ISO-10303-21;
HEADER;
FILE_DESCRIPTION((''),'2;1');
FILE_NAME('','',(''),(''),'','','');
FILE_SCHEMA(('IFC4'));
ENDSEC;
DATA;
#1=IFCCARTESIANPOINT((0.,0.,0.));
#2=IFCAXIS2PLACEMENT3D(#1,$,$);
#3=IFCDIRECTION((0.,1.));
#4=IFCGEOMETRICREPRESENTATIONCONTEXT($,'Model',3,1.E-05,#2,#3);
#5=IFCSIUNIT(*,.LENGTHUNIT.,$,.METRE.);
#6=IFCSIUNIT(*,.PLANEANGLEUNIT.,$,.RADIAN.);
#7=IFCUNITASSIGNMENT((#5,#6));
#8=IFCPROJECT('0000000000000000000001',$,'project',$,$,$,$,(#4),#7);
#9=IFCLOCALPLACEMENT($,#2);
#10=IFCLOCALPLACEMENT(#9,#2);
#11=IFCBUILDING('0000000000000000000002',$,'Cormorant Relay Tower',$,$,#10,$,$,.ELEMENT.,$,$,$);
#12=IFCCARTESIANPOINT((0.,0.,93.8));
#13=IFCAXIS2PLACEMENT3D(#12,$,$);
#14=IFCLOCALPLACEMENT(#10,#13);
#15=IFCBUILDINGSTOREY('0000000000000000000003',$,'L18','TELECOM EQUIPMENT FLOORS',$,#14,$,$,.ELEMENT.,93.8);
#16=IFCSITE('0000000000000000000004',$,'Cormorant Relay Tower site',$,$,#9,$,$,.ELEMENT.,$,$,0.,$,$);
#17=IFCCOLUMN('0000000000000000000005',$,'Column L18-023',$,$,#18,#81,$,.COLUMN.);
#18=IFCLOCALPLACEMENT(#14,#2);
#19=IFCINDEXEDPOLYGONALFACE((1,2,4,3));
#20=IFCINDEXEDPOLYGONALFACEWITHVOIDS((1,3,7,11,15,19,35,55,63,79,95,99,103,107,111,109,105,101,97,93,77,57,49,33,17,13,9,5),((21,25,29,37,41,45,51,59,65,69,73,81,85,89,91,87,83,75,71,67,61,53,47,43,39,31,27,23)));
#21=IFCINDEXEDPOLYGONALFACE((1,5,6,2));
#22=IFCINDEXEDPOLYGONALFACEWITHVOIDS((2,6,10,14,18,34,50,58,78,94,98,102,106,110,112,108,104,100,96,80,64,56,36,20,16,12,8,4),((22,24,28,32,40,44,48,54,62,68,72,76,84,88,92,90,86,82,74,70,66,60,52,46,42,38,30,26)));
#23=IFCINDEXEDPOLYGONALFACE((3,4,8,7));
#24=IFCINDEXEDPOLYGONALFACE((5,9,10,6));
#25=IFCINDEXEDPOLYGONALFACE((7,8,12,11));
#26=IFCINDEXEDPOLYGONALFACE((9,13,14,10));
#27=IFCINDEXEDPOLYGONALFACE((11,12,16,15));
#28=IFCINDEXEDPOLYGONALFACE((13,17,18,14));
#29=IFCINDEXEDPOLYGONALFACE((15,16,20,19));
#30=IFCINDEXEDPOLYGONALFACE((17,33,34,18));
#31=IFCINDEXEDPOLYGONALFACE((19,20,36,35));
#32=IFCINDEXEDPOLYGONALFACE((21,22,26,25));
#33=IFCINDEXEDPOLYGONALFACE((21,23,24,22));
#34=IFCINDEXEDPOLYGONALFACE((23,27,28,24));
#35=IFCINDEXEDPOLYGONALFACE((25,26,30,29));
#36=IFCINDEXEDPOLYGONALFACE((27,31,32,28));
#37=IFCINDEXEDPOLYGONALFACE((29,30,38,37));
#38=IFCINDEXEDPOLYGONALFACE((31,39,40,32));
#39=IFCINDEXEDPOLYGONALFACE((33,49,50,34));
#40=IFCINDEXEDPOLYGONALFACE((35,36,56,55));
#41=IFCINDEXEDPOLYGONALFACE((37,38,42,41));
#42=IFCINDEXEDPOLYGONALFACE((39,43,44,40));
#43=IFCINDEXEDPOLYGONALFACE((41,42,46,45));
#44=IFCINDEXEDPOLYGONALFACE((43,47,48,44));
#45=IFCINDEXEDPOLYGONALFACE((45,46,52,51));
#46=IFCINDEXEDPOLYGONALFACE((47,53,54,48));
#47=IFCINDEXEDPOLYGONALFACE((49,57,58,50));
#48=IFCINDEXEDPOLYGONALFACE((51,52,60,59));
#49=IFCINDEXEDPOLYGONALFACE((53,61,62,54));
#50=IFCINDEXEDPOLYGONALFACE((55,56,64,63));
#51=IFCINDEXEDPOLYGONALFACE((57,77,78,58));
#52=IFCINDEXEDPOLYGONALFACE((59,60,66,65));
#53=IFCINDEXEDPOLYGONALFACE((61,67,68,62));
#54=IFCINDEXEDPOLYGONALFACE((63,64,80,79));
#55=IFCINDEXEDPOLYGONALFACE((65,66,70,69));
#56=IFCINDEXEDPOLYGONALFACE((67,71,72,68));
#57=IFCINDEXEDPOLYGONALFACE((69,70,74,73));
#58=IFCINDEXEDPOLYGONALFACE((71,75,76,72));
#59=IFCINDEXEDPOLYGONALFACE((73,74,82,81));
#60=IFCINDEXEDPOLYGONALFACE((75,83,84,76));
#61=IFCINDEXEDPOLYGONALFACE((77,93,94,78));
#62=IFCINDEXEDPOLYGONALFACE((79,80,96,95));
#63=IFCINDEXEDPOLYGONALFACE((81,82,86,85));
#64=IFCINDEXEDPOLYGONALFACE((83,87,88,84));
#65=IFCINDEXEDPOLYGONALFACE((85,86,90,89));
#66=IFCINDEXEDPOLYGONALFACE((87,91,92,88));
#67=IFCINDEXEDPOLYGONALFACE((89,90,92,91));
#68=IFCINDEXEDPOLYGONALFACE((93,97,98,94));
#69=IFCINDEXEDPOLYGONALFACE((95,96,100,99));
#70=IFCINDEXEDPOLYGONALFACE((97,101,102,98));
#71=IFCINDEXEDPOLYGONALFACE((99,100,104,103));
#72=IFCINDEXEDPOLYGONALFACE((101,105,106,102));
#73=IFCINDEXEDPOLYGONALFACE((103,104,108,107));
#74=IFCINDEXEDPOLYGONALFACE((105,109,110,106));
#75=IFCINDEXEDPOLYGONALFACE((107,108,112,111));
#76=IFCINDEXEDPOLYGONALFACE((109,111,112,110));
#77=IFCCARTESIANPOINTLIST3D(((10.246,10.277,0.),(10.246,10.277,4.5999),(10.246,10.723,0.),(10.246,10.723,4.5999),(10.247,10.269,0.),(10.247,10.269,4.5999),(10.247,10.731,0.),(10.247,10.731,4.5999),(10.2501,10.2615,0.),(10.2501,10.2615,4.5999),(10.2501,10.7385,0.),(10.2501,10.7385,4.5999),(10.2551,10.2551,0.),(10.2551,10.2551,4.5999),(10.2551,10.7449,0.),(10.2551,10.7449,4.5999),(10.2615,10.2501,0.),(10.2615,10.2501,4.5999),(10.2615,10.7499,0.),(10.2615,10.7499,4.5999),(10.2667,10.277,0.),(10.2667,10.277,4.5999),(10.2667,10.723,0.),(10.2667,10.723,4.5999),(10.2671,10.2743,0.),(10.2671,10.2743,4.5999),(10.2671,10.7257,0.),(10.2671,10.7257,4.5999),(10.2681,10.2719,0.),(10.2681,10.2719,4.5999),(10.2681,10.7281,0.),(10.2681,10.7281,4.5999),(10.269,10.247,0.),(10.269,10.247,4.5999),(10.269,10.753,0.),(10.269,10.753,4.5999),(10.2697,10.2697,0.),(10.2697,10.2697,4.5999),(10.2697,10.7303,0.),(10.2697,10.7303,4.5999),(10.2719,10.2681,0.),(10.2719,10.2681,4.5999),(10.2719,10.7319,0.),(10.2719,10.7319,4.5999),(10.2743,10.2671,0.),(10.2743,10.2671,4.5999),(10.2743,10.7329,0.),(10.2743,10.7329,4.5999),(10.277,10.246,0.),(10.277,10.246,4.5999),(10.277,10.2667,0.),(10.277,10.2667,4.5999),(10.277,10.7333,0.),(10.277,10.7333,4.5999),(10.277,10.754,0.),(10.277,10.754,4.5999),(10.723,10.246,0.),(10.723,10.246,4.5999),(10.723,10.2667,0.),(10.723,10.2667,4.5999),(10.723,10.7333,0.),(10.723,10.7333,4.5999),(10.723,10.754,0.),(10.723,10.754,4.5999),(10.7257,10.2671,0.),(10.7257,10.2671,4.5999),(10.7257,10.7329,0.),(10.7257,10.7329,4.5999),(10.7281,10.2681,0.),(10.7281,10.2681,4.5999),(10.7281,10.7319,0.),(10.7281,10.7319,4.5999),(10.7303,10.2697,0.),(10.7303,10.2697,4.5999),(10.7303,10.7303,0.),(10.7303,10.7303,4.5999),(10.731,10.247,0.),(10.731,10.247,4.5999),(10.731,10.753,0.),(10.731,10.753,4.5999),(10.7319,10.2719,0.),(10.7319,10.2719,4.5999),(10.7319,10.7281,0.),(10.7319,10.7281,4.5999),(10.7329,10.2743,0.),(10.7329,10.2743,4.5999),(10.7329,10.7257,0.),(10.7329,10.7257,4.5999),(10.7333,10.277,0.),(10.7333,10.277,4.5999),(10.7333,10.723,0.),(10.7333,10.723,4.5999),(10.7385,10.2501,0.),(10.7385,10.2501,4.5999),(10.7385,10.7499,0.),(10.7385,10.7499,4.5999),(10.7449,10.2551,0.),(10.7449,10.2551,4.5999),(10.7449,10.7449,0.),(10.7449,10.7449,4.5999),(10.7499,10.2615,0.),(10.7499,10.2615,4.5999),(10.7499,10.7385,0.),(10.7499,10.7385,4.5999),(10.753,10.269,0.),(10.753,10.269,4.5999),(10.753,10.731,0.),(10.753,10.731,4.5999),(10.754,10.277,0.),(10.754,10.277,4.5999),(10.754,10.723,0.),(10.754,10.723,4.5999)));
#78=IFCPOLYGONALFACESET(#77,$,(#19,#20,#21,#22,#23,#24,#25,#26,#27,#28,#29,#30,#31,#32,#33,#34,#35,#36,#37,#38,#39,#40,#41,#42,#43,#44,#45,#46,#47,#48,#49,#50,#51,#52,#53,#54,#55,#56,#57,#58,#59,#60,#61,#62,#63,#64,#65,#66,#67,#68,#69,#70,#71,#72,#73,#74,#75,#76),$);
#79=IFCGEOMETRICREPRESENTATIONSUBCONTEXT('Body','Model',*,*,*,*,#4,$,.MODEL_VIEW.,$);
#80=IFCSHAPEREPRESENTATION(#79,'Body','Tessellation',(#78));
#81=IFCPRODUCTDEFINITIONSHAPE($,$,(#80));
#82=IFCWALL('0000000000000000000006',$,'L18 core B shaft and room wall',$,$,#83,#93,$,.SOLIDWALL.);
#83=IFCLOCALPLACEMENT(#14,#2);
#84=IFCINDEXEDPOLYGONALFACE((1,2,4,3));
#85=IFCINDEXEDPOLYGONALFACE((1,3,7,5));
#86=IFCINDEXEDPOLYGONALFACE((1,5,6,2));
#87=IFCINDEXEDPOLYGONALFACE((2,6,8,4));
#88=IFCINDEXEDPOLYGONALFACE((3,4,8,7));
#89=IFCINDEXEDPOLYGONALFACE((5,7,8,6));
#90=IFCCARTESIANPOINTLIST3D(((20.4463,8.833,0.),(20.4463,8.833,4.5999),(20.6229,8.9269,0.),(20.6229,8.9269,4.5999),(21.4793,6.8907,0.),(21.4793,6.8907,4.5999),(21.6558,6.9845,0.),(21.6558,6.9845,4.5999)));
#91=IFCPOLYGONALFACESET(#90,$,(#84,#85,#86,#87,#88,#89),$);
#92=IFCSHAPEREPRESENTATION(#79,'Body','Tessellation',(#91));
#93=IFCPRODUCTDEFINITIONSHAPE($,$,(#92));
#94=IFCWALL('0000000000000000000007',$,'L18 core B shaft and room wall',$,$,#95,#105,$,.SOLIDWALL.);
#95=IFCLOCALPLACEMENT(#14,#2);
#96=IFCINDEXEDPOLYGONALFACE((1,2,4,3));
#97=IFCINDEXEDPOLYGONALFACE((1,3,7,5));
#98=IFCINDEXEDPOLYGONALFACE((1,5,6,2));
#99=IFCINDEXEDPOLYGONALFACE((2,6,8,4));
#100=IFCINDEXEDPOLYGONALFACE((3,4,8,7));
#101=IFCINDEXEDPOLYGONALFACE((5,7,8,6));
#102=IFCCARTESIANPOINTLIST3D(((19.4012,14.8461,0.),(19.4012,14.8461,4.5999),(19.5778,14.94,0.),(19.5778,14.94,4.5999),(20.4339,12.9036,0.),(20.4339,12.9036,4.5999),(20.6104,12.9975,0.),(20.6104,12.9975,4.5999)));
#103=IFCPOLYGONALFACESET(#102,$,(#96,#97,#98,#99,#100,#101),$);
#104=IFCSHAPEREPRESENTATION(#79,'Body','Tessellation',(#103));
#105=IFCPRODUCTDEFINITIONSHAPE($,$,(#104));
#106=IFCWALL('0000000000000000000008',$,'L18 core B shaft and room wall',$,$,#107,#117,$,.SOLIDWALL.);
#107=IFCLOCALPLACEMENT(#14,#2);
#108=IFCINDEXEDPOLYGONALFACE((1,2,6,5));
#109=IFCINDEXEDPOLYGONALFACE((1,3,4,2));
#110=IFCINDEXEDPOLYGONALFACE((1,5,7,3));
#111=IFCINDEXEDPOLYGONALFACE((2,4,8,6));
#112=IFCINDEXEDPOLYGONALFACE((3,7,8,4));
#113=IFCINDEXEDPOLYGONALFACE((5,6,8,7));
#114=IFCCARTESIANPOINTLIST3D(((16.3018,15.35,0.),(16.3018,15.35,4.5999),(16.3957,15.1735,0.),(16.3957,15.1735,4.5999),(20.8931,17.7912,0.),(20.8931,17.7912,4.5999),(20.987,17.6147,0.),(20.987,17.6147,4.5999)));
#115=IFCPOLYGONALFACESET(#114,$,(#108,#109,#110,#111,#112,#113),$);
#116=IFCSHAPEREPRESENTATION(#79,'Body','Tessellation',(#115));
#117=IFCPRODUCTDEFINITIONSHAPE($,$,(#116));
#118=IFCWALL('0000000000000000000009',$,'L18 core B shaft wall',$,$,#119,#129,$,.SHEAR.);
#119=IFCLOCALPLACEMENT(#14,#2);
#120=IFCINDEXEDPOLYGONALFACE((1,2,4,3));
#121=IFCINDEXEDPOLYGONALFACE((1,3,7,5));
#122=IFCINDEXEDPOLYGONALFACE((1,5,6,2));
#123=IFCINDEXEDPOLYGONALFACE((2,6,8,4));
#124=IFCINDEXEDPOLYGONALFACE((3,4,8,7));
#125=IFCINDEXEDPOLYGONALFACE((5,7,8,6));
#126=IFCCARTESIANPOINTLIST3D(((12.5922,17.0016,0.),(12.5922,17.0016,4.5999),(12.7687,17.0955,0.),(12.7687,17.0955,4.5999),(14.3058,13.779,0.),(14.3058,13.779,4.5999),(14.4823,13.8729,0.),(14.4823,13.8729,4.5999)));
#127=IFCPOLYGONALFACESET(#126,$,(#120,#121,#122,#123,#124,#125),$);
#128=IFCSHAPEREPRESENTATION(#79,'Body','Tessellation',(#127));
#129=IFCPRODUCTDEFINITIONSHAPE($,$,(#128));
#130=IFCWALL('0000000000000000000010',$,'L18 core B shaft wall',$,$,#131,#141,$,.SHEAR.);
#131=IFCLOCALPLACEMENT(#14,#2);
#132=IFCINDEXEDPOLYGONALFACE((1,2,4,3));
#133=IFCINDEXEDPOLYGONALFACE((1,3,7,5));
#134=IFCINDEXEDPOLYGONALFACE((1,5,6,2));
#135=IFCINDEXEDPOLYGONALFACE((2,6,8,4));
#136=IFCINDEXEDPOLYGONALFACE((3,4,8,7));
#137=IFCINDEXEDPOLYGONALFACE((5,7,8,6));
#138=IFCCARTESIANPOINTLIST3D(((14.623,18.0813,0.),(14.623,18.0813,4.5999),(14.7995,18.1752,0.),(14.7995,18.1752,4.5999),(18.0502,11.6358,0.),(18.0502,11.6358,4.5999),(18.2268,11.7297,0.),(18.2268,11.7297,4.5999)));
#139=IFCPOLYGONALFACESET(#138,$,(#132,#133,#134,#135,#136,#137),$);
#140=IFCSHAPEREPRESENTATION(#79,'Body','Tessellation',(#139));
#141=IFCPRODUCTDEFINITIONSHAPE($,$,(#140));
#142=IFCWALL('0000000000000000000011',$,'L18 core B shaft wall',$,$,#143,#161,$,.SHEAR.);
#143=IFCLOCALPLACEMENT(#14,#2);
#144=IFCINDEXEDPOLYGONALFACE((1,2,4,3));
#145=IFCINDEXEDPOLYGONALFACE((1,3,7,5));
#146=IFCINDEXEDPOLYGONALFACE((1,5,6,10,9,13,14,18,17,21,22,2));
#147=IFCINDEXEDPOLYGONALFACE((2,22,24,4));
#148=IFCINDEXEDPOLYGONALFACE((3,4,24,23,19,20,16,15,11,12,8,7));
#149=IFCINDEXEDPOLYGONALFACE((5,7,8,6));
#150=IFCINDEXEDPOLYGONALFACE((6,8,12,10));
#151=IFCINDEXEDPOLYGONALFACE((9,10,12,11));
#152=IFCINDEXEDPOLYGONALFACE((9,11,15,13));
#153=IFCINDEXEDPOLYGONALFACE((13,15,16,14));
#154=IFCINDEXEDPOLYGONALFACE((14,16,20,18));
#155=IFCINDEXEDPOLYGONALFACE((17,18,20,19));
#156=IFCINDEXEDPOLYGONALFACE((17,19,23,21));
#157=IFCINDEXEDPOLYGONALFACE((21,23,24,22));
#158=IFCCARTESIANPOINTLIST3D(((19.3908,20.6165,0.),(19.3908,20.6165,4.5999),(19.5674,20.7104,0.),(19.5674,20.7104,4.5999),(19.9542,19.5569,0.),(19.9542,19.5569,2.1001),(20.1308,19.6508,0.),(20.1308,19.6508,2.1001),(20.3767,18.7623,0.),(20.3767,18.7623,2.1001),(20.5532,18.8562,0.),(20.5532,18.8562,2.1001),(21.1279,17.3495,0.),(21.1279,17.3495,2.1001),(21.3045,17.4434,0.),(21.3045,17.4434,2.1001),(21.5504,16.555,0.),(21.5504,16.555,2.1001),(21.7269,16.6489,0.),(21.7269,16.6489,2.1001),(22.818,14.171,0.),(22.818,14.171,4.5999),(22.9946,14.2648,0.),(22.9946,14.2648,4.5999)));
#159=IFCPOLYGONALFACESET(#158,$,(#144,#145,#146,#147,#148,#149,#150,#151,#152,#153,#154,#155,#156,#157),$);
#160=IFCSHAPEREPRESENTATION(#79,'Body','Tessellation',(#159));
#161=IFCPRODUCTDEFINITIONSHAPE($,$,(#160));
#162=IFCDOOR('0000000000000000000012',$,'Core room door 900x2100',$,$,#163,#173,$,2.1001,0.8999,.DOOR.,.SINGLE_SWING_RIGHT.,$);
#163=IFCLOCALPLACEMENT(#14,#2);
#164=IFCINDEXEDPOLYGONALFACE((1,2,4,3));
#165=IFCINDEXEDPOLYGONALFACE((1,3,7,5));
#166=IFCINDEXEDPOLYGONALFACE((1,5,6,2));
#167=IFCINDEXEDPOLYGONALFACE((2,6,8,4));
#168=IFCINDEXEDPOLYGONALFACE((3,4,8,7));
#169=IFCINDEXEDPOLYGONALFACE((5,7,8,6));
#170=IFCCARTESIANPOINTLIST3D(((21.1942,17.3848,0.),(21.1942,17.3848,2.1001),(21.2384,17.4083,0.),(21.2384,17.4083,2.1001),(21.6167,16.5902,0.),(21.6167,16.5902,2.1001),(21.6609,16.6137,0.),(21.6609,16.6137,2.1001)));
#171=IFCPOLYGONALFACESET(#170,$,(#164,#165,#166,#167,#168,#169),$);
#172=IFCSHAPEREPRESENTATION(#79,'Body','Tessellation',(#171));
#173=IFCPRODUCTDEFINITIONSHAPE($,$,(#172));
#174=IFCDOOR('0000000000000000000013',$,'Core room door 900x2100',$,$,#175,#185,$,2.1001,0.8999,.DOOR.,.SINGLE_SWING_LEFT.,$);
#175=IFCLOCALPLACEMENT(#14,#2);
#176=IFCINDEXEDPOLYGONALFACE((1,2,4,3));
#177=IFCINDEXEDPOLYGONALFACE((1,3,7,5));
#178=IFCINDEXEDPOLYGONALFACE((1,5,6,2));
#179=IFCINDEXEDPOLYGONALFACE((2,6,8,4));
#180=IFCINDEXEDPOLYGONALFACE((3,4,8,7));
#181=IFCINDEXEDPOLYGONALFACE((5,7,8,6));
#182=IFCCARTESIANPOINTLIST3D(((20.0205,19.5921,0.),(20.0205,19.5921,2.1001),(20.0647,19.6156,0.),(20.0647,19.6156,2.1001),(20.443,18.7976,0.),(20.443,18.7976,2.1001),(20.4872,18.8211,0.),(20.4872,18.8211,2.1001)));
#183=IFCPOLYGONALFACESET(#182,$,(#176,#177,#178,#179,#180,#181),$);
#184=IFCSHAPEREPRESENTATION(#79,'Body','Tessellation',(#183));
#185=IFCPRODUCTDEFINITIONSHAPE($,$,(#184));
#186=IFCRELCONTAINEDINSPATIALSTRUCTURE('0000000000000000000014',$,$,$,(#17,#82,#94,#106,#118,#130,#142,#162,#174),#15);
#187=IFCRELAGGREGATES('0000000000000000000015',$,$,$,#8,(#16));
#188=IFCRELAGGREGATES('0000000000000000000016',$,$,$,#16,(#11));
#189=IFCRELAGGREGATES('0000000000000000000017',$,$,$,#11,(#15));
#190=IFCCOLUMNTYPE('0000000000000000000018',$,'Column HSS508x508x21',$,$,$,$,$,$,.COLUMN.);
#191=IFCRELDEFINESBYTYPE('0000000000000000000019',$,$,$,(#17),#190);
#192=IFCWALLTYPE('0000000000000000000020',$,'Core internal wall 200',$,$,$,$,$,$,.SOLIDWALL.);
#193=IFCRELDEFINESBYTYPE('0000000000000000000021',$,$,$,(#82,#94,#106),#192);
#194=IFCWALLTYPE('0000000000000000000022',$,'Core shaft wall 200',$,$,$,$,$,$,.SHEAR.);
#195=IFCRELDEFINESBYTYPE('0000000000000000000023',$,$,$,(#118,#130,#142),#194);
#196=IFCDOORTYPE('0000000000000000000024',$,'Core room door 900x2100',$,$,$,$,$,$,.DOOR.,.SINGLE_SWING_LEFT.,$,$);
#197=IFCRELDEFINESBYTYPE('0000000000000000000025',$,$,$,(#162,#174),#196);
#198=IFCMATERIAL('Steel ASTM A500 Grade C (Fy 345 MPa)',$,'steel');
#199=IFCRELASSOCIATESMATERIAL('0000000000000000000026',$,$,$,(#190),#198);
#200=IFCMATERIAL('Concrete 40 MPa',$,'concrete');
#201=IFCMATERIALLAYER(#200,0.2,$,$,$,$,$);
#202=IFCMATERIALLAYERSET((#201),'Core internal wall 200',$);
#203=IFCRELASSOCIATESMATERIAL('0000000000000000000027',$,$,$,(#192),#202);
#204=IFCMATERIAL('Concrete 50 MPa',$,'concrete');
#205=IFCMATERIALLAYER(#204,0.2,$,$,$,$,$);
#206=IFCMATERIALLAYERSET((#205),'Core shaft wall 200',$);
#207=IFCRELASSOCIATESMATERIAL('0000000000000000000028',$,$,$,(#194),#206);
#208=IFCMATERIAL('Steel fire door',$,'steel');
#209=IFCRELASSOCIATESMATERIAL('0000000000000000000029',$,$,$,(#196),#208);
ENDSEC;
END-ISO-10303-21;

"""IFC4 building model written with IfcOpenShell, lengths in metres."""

from ifc_helpers import new_model, si_unit, direction, frame, frame_2d, origin, origin_2d, place, context, subcontext, project, spatial, rectangle, hollow_rectangle, extrude, material, layer, layer_set, material_profile, profile_set, type_object, element, fill, save


model = new_model("IFC4")

# Units and contexts
model_context = context("Model", 3, precision=1e-05, world=origin(), true_north=direction((0.0, 1.0)))
body_context = subcontext(model_context, "Body", "Model", "MODEL_VIEW")
ifc_project = project(units=[si_unit("LENGTHUNIT", "METRE"), si_unit("PLANEANGLEUNIT", "RADIAN")], contexts=[model_context])

# Site, building, storey
site_placement = place(None, origin())
site = spatial("IfcSite", under=ifc_project, at=site_placement, Name="Cormorant Relay Tower site", CompositionType="ELEMENT", RefElevation=0.0)
building_placement = place(site_placement, origin())
building = spatial("IfcBuilding", under=site, at=building_placement, Name="Cormorant Relay Tower", CompositionType="ELEMENT")
storey_placement = place(building_placement, frame((0.0, 0.0, 93.8)))
storey = spatial("IfcBuildingStorey", under=building, at=storey_placement, Name="L18", Description="TELECOM EQUIPMENT FLOORS", CompositionType="ELEMENT", Elevation=93.8)

# Column
ifc_material_1 = material(Name="Steel ASTM A500 Grade C (Fy 345 MPa)", Category="steel")
ifc_material_profile = material_profile(ifc_material_1, hollow_rectangle(XDim=0.5081, YDim=0.5081, WallThickness=0.0208, InnerFilletRadius=0.0103, OuterFilletRadius=0.031, at=origin_2d()), Name="HSS508x508x21")
ifc_profile_set = profile_set([ifc_material_profile], Name="Steel ASTM A500 Grade C (Fy 345 MPa)")
column_type = type_object("IfcColumnType", Name="Column HSS508x508x21", PredefinedType="COLUMN", material=ifc_profile_set)
column_placement = place(storey_placement, frame((10.5, 10.5, 0.0), z_axis=(0.0, 0.0, 1.0), x_axis=(1.0, 0.0, 0.0)))
element("IfcColumn", 1, at=column_placement, inside=storey, type_object=column_type, Name="Column L18-023", PredefinedType="COLUMN", context=body_context, shape_type="SweptSolid", body=[
    extrude(hollow_rectangle(XDim=0.5081, YDim=0.5081, WallThickness=0.0208, InnerFilletRadius=0.0103, OuterFilletRadius=0.031, at=origin_2d()), origin(), (0.0, 0.0, 1.0), 4.5999),
])

# Walls
ifc_material_2 = material(Name="Concrete 40 MPa", Category="concrete")
ifc_layer_1 = layer(ifc_material_2, 0.2)
ifc_layer_set_1 = layer_set([ifc_layer_1], Name="Core internal wall 200")
wall_type_1 = type_object("IfcWallType", Name="Core internal wall 200", PredefinedType="SOLIDWALL", material=ifc_layer_set_1)
for number, where, z_axis, x_axis, name in (
    (2, (21.5676, 6.9375, 0.0), (0.0, 0.0, 1.0), (-0.469534, 0.882914, 0.0), "L18 core B shaft and room wall"),
    (3, (20.5222, 12.9504, 0.0), (0.0, 0.0, 1.0), (-0.469401, 0.882985, 0.0), "L18 core B shaft and room wall"),
):
    element("IfcWall", number, at=place(storey_placement, frame(where, z_axis=z_axis, x_axis=x_axis)), inside=storey, type_object=wall_type_1, Name=name, PredefinedType="SOLIDWALL", context=body_context, shape_type="SweptSolid", body=[
        extrude(rectangle(XDim=2.2, YDim=0.2, at=frame_2d((1.1001, 0.0))), origin(), (0.0, 0.0, 1.0), 4.5999),
    ])
wall_1_placement = place(storey_placement, frame((16.3486, 15.2617, 0.0), z_axis=(0.0, 0.0, 1.0), x_axis=(0.882954, 0.46946, 0.0)))
element("IfcWall", 4, at=wall_1_placement, inside=storey, type_object=wall_type_1, Name="L18 core B shaft and room wall", PredefinedType="SOLIDWALL", context=body_context, shape_type="SweptSolid", body=[
    extrude(rectangle(XDim=5.2, YDim=0.2, at=frame_2d((2.6001, 0.0))), origin(), (0.0, 0.0, 1.0), 4.5999),
])
ifc_material_3 = material(Name="Concrete 50 MPa", Category="concrete")
ifc_layer_2 = layer(ifc_material_3, 0.2)
ifc_layer_set_2 = layer_set([ifc_layer_2], Name="Core shaft wall 200")
wall_type_2 = type_object("IfcWallType", Name="Core shaft wall 200", PredefinedType="SHEAR", material=ifc_layer_set_2)
wall_2_placement = place(storey_placement, frame((14.394, 13.8259, 0.0), z_axis=(0.0, 0.0, 1.0), x_axis=(-0.469494, 0.882936, 0.0)))
element("IfcWall", 5, at=wall_2_placement, inside=storey, type_object=wall_type_2, Name="L18 core B shaft wall", PredefinedType="SHEAR", context=body_context, shape_type="SweptSolid", body=[
    extrude(rectangle(XDim=3.6499, YDim=0.2, at=frame_2d((1.825, 0.0))), origin(), (0.0, 0.0, 1.0), 4.5999),
])
wall_3_placement = place(storey_placement, frame((18.1384, 11.6829, 0.0), z_axis=(0.0, 0.0, 1.0), x_axis=(-0.46948, 0.882943, 0.0)))
element("IfcWall", 6, at=wall_3_placement, inside=storey, type_object=wall_type_2, Name="L18 core B shaft wall", PredefinedType="SHEAR", context=body_context, shape_type="SweptSolid", body=[
    extrude(rectangle(XDim=7.3, YDim=0.2, at=frame_2d((3.6499, 0.0))), origin(), (0.0, 0.0, 1.0), 4.5999),
])

# Wall, openings, doors
wall_4_placement = place(storey_placement, frame((22.9062, 14.218, 0.0), z_axis=(0.0, 0.0, 1.0), x_axis=(-0.46948, 0.882943, 0.0)))
wall_4 = element("IfcWall", 7, at=wall_4_placement, inside=storey, type_object=wall_type_2, Name="L18 core B shaft wall", PredefinedType="SHEAR", context=body_context, shape_type="SweptSolid", body=[
    extrude(rectangle(XDim=7.3, YDim=0.2, at=frame_2d((3.6499, 0.0))), origin(), (0.0, 0.0, 1.0), 4.5999),
])
opening_1_placement = place(wall_4_placement, frame((2.7, 0.0, 0.0)))
opening_1 = element("IfcOpeningElement", 8, at=opening_1_placement, cuts=wall_4, PredefinedType="OPENING", context=body_context, shape_type="SweptSolid", body=[
    extrude(rectangle(XDim=0.8999, YDim=2.1001, at=frame_2d((0.45, 1.05))), frame((0.0, 0.1099, 0.0), z_axis=(0.0, -1.0, 0.0), x_axis=(1.0, 0.0, 0.0)), (0.0, 0.0, 1.0), 0.22),
])
opening_2_placement = place(wall_4_placement, frame((5.2, 0.0, 0.0)))
opening_2 = element("IfcOpeningElement", 9, at=opening_2_placement, cuts=wall_4, PredefinedType="OPENING", context=body_context, shape_type="SweptSolid", body=[
    extrude(rectangle(XDim=0.8999, YDim=2.1001, at=frame_2d((0.45, 1.05))), frame((0.0, 0.1099, 0.0), z_axis=(0.0, -1.0, 0.0), x_axis=(1.0, 0.0, 0.0)), (0.0, 0.0, 1.0), 0.22),
])
ifc_material_4 = material(Name="Steel fire door", Category="steel")
door_type_1 = type_object("IfcDoorType", Name="Core room door 900x2100", OperationType="SINGLE_SWING_LEFT", PredefinedType="DOOR", material=ifc_material_4)
door_1_placement = place(opening_1_placement, origin())
door_1 = element("IfcDoor", 10, at=door_1_placement, inside=storey, type_object=door_type_1, Name="Core room door 900x2100", OperationType="SINGLE_SWING_RIGHT", OverallHeight=2.1001, OverallWidth=0.8999, PredefinedType="DOOR", context=body_context, shape_type="SweptSolid", body=[
    extrude(rectangle(XDim=0.8999, YDim=2.1001, at=frame_2d((0.45, 1.05))), frame((0.0, 0.0249, 0.0), z_axis=(0.0, -1.0, 0.0), x_axis=(1.0, 0.0, 0.0)), (0.0, 0.0, 1.0), 0.05),
])
fill(opening_1, door_1)
door_2_placement = place(opening_2_placement, origin())
door_2 = element("IfcDoor", 11, at=door_2_placement, inside=storey, type_object=door_type_1, Name="Core room door 900x2100", OperationType="SINGLE_SWING_LEFT", OverallHeight=2.1001, OverallWidth=0.8999, PredefinedType="DOOR", context=body_context, shape_type="SweptSolid", body=[
    extrude(rectangle(XDim=0.8999, YDim=2.1001, at=frame_2d((0.45, 1.05))), frame((0.0, 0.0249, 0.0), z_axis=(0.0, -1.0, 0.0), x_axis=(1.0, 0.0, 0.0)), (0.0, 0.0, 1.0), 0.05),
])
fill(opening_2, door_2)

save(model, "model.ifc")
